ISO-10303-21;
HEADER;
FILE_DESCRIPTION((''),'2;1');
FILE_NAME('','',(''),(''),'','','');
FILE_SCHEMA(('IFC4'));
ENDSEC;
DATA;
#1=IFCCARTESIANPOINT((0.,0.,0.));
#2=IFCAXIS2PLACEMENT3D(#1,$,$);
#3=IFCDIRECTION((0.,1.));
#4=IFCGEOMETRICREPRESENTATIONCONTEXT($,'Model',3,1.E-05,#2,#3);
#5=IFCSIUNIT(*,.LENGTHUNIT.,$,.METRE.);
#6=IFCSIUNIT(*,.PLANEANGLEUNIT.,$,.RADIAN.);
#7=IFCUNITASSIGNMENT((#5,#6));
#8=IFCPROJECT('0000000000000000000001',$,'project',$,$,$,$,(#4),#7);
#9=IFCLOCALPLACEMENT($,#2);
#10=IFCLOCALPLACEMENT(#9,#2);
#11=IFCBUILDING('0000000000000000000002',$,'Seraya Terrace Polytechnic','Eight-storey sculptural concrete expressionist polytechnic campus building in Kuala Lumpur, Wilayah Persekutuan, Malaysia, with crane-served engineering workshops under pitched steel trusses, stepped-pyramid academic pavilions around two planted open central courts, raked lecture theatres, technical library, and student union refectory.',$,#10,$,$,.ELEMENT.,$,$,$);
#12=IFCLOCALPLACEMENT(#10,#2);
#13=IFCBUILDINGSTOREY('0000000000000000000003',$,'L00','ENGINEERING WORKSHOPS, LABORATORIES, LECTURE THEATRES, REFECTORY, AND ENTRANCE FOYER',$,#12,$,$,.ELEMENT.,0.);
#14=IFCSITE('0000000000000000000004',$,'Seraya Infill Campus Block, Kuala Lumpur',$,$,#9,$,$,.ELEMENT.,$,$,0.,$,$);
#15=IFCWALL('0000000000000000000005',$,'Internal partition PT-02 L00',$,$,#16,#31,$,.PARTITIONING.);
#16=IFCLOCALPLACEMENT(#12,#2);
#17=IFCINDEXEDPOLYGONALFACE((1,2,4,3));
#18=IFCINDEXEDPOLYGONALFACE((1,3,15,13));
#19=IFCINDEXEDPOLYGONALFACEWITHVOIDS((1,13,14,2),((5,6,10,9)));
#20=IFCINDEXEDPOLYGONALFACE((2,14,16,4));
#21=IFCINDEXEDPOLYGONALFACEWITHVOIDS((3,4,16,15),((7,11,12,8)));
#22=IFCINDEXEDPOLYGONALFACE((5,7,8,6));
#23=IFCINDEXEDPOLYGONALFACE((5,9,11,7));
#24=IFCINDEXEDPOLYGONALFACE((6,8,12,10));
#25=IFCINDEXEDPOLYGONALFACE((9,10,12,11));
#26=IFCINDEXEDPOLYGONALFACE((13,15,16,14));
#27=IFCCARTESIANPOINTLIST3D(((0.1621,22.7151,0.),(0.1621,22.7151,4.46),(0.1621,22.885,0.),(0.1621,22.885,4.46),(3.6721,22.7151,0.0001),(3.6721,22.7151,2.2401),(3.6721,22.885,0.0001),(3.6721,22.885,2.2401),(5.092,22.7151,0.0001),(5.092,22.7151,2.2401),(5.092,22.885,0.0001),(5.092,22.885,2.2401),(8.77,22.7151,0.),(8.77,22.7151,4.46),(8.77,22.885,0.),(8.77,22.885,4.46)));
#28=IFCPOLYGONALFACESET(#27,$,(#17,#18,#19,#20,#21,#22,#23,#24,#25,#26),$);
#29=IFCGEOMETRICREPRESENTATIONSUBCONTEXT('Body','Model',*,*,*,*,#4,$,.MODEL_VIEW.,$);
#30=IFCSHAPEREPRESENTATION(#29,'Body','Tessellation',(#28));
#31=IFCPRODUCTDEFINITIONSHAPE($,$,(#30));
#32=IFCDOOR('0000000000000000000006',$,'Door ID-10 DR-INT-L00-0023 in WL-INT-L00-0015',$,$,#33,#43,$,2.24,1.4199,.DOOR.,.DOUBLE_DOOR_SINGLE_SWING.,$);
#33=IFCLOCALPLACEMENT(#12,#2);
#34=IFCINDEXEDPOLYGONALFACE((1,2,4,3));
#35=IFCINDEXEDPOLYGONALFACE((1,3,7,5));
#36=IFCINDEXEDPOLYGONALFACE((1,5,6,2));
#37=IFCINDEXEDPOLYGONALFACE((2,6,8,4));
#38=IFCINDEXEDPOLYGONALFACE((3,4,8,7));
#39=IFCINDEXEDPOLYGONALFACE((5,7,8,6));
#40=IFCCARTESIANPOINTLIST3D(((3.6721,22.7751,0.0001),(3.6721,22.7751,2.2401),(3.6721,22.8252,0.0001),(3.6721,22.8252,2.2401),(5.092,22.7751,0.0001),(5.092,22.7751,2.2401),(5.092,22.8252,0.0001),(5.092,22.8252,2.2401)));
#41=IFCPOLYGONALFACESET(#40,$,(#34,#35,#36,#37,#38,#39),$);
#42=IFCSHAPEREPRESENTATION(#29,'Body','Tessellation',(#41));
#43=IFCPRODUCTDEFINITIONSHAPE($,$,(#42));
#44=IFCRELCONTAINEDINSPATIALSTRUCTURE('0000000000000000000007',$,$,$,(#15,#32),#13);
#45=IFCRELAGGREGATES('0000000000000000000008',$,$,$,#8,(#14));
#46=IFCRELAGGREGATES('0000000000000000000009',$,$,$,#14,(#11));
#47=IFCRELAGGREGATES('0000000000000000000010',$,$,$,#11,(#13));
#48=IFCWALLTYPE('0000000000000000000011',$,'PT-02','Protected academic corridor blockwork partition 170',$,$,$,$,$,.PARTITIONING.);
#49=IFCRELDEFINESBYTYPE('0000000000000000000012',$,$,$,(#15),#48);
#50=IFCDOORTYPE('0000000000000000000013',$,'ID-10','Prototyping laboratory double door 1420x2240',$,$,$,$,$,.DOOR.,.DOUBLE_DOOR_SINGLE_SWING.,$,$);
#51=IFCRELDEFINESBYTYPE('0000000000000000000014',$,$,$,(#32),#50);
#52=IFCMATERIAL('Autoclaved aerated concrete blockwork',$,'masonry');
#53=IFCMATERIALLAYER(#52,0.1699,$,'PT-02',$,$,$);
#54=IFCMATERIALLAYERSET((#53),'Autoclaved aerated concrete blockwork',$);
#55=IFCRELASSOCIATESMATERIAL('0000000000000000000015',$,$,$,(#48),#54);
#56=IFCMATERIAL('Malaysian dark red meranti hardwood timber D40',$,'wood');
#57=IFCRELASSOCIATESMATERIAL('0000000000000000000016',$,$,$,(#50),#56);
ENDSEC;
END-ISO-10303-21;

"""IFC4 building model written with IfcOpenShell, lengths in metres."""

from ifc_helpers import new_model, si_unit, direction, frame, frame_2d, origin, place, context, subcontext, project, spatial, rectangle, extrude, material, layer, layer_set, type_object, element, fill, save


model = new_model("IFC4")

# Units and contexts
model_context = context("Model", 3, precision=1e-05, world=origin(), true_north=direction((0.0, 1.0)))
body_context = subcontext(model_context, "Body", "Model", "MODEL_VIEW")
ifc_project = project(units=[si_unit("LENGTHUNIT", "METRE"), si_unit("PLANEANGLEUNIT", "RADIAN")], contexts=[model_context])

# Site, building, storey
site_placement = place(None, origin())
site = spatial("IfcSite", under=ifc_project, at=site_placement, Name="Seraya Infill Campus Block, Kuala Lumpur", CompositionType="ELEMENT", RefElevation=0.0)
building_placement = place(site_placement, origin())
building = spatial("IfcBuilding", under=site, at=building_placement, Name="Seraya Terrace Polytechnic", Description="Eight-storey sculptural concrete expressionist polytechnic campus building in Kuala Lumpur, Wilayah Persekutuan, Malaysia, with crane-served engineering workshops under pitched steel trusses, stepped-pyramid academic pavilions around two planted open central courts, raked lecture theatres, technical library, and student union refectory.", CompositionType="ELEMENT")
storey_placement = place(building_placement, origin())
storey = spatial("IfcBuildingStorey", under=building, at=storey_placement, Name="L00", Description="ENGINEERING WORKSHOPS, LABORATORIES, LECTURE THEATRES, REFECTORY, AND ENTRANCE FOYER", CompositionType="ELEMENT", Elevation=0.0)

# Wall, opening, door
ifc_material_1 = material(Name="Autoclaved aerated concrete blockwork", Category="masonry")
ifc_layer_1 = layer(ifc_material_1, 0.1699, Name="PT-02")
ifc_layer_set_1 = layer_set([ifc_layer_1], Name="Autoclaved aerated concrete blockwork")
wall_type_1 = type_object("IfcWallType", Name="PT-02", Description="Protected academic corridor blockwork partition 170", PredefinedType="PARTITIONING", material=ifc_layer_set_1)
wall_1_placement = place(storey_placement, frame((0.1621, 22.8, 0.0), z_axis=(0.0, 0.0, 1.0), x_axis=(1.0, 0.0, 0.0)))
wall_1 = element("IfcWall", 1, at=wall_1_placement, inside=storey, type_object=wall_type_1, Name="Internal partition PT-02 L00", PredefinedType="PARTITIONING", context=body_context, shape_type="SweptSolid", body=[
    extrude(rectangle(XDim=8.6079, YDim=0.1699, at=frame_2d((4.304, 0.0))), origin(), (0.0, 0.0, 1.0), 4.46),
])
opening_1_placement = place(wall_1_placement, frame((3.51, 0.0, 0.0)))
opening_1 = element("IfcOpeningElement", 2, at=opening_1_placement, cuts=wall_1, PredefinedType="OPENING", context=body_context, shape_type="SweptSolid", body=[
    extrude(rectangle(XDim=1.4199, YDim=2.24, at=frame_2d((0.71, 1.1201))), frame((0.0, 0.0969, 0.0), z_axis=(0.0, -1.0, 0.0), x_axis=(1.0, 0.0, 0.0)), (0.0, 0.0, 1.0), 0.1938),
])
ifc_material_2 = material(Name="Malaysian dark red meranti hardwood timber D40", Category="wood")
door_type_1 = type_object("IfcDoorType", Name="ID-10", Description="Prototyping laboratory double door 1420x2240", OperationType="DOUBLE_DOOR_SINGLE_SWING", PredefinedType="DOOR", material=ifc_material_2)
door_1_placement = place(opening_1_placement, frame((1.4199, 0.0, 0.0), z_axis=(0.0, 0.0, 1.0), x_axis=(-1.0, 0.0, 0.0)))
door_1 = element("IfcDoor", 3, at=door_1_placement, inside=storey, type_object=door_type_1, Name="Door ID-10 DR-INT-L00-0023 in WL-INT-L00-0015", OperationType="DOUBLE_DOOR_SINGLE_SWING", OverallHeight=2.24, OverallWidth=1.4199, PredefinedType="DOOR", context=body_context, shape_type="SweptSolid", body=[
    extrude(rectangle(XDim=1.4199, YDim=2.24, at=frame_2d((0.71, 1.1201))), frame((0.0, 0.0249, 0.0), z_axis=(0.0, -1.0, 0.0), x_axis=(1.0, 0.0, 0.0)), (0.0, 0.0, 1.0), 0.05),
])
fill(opening_1, door_1)

save(model, "model.ifc")
